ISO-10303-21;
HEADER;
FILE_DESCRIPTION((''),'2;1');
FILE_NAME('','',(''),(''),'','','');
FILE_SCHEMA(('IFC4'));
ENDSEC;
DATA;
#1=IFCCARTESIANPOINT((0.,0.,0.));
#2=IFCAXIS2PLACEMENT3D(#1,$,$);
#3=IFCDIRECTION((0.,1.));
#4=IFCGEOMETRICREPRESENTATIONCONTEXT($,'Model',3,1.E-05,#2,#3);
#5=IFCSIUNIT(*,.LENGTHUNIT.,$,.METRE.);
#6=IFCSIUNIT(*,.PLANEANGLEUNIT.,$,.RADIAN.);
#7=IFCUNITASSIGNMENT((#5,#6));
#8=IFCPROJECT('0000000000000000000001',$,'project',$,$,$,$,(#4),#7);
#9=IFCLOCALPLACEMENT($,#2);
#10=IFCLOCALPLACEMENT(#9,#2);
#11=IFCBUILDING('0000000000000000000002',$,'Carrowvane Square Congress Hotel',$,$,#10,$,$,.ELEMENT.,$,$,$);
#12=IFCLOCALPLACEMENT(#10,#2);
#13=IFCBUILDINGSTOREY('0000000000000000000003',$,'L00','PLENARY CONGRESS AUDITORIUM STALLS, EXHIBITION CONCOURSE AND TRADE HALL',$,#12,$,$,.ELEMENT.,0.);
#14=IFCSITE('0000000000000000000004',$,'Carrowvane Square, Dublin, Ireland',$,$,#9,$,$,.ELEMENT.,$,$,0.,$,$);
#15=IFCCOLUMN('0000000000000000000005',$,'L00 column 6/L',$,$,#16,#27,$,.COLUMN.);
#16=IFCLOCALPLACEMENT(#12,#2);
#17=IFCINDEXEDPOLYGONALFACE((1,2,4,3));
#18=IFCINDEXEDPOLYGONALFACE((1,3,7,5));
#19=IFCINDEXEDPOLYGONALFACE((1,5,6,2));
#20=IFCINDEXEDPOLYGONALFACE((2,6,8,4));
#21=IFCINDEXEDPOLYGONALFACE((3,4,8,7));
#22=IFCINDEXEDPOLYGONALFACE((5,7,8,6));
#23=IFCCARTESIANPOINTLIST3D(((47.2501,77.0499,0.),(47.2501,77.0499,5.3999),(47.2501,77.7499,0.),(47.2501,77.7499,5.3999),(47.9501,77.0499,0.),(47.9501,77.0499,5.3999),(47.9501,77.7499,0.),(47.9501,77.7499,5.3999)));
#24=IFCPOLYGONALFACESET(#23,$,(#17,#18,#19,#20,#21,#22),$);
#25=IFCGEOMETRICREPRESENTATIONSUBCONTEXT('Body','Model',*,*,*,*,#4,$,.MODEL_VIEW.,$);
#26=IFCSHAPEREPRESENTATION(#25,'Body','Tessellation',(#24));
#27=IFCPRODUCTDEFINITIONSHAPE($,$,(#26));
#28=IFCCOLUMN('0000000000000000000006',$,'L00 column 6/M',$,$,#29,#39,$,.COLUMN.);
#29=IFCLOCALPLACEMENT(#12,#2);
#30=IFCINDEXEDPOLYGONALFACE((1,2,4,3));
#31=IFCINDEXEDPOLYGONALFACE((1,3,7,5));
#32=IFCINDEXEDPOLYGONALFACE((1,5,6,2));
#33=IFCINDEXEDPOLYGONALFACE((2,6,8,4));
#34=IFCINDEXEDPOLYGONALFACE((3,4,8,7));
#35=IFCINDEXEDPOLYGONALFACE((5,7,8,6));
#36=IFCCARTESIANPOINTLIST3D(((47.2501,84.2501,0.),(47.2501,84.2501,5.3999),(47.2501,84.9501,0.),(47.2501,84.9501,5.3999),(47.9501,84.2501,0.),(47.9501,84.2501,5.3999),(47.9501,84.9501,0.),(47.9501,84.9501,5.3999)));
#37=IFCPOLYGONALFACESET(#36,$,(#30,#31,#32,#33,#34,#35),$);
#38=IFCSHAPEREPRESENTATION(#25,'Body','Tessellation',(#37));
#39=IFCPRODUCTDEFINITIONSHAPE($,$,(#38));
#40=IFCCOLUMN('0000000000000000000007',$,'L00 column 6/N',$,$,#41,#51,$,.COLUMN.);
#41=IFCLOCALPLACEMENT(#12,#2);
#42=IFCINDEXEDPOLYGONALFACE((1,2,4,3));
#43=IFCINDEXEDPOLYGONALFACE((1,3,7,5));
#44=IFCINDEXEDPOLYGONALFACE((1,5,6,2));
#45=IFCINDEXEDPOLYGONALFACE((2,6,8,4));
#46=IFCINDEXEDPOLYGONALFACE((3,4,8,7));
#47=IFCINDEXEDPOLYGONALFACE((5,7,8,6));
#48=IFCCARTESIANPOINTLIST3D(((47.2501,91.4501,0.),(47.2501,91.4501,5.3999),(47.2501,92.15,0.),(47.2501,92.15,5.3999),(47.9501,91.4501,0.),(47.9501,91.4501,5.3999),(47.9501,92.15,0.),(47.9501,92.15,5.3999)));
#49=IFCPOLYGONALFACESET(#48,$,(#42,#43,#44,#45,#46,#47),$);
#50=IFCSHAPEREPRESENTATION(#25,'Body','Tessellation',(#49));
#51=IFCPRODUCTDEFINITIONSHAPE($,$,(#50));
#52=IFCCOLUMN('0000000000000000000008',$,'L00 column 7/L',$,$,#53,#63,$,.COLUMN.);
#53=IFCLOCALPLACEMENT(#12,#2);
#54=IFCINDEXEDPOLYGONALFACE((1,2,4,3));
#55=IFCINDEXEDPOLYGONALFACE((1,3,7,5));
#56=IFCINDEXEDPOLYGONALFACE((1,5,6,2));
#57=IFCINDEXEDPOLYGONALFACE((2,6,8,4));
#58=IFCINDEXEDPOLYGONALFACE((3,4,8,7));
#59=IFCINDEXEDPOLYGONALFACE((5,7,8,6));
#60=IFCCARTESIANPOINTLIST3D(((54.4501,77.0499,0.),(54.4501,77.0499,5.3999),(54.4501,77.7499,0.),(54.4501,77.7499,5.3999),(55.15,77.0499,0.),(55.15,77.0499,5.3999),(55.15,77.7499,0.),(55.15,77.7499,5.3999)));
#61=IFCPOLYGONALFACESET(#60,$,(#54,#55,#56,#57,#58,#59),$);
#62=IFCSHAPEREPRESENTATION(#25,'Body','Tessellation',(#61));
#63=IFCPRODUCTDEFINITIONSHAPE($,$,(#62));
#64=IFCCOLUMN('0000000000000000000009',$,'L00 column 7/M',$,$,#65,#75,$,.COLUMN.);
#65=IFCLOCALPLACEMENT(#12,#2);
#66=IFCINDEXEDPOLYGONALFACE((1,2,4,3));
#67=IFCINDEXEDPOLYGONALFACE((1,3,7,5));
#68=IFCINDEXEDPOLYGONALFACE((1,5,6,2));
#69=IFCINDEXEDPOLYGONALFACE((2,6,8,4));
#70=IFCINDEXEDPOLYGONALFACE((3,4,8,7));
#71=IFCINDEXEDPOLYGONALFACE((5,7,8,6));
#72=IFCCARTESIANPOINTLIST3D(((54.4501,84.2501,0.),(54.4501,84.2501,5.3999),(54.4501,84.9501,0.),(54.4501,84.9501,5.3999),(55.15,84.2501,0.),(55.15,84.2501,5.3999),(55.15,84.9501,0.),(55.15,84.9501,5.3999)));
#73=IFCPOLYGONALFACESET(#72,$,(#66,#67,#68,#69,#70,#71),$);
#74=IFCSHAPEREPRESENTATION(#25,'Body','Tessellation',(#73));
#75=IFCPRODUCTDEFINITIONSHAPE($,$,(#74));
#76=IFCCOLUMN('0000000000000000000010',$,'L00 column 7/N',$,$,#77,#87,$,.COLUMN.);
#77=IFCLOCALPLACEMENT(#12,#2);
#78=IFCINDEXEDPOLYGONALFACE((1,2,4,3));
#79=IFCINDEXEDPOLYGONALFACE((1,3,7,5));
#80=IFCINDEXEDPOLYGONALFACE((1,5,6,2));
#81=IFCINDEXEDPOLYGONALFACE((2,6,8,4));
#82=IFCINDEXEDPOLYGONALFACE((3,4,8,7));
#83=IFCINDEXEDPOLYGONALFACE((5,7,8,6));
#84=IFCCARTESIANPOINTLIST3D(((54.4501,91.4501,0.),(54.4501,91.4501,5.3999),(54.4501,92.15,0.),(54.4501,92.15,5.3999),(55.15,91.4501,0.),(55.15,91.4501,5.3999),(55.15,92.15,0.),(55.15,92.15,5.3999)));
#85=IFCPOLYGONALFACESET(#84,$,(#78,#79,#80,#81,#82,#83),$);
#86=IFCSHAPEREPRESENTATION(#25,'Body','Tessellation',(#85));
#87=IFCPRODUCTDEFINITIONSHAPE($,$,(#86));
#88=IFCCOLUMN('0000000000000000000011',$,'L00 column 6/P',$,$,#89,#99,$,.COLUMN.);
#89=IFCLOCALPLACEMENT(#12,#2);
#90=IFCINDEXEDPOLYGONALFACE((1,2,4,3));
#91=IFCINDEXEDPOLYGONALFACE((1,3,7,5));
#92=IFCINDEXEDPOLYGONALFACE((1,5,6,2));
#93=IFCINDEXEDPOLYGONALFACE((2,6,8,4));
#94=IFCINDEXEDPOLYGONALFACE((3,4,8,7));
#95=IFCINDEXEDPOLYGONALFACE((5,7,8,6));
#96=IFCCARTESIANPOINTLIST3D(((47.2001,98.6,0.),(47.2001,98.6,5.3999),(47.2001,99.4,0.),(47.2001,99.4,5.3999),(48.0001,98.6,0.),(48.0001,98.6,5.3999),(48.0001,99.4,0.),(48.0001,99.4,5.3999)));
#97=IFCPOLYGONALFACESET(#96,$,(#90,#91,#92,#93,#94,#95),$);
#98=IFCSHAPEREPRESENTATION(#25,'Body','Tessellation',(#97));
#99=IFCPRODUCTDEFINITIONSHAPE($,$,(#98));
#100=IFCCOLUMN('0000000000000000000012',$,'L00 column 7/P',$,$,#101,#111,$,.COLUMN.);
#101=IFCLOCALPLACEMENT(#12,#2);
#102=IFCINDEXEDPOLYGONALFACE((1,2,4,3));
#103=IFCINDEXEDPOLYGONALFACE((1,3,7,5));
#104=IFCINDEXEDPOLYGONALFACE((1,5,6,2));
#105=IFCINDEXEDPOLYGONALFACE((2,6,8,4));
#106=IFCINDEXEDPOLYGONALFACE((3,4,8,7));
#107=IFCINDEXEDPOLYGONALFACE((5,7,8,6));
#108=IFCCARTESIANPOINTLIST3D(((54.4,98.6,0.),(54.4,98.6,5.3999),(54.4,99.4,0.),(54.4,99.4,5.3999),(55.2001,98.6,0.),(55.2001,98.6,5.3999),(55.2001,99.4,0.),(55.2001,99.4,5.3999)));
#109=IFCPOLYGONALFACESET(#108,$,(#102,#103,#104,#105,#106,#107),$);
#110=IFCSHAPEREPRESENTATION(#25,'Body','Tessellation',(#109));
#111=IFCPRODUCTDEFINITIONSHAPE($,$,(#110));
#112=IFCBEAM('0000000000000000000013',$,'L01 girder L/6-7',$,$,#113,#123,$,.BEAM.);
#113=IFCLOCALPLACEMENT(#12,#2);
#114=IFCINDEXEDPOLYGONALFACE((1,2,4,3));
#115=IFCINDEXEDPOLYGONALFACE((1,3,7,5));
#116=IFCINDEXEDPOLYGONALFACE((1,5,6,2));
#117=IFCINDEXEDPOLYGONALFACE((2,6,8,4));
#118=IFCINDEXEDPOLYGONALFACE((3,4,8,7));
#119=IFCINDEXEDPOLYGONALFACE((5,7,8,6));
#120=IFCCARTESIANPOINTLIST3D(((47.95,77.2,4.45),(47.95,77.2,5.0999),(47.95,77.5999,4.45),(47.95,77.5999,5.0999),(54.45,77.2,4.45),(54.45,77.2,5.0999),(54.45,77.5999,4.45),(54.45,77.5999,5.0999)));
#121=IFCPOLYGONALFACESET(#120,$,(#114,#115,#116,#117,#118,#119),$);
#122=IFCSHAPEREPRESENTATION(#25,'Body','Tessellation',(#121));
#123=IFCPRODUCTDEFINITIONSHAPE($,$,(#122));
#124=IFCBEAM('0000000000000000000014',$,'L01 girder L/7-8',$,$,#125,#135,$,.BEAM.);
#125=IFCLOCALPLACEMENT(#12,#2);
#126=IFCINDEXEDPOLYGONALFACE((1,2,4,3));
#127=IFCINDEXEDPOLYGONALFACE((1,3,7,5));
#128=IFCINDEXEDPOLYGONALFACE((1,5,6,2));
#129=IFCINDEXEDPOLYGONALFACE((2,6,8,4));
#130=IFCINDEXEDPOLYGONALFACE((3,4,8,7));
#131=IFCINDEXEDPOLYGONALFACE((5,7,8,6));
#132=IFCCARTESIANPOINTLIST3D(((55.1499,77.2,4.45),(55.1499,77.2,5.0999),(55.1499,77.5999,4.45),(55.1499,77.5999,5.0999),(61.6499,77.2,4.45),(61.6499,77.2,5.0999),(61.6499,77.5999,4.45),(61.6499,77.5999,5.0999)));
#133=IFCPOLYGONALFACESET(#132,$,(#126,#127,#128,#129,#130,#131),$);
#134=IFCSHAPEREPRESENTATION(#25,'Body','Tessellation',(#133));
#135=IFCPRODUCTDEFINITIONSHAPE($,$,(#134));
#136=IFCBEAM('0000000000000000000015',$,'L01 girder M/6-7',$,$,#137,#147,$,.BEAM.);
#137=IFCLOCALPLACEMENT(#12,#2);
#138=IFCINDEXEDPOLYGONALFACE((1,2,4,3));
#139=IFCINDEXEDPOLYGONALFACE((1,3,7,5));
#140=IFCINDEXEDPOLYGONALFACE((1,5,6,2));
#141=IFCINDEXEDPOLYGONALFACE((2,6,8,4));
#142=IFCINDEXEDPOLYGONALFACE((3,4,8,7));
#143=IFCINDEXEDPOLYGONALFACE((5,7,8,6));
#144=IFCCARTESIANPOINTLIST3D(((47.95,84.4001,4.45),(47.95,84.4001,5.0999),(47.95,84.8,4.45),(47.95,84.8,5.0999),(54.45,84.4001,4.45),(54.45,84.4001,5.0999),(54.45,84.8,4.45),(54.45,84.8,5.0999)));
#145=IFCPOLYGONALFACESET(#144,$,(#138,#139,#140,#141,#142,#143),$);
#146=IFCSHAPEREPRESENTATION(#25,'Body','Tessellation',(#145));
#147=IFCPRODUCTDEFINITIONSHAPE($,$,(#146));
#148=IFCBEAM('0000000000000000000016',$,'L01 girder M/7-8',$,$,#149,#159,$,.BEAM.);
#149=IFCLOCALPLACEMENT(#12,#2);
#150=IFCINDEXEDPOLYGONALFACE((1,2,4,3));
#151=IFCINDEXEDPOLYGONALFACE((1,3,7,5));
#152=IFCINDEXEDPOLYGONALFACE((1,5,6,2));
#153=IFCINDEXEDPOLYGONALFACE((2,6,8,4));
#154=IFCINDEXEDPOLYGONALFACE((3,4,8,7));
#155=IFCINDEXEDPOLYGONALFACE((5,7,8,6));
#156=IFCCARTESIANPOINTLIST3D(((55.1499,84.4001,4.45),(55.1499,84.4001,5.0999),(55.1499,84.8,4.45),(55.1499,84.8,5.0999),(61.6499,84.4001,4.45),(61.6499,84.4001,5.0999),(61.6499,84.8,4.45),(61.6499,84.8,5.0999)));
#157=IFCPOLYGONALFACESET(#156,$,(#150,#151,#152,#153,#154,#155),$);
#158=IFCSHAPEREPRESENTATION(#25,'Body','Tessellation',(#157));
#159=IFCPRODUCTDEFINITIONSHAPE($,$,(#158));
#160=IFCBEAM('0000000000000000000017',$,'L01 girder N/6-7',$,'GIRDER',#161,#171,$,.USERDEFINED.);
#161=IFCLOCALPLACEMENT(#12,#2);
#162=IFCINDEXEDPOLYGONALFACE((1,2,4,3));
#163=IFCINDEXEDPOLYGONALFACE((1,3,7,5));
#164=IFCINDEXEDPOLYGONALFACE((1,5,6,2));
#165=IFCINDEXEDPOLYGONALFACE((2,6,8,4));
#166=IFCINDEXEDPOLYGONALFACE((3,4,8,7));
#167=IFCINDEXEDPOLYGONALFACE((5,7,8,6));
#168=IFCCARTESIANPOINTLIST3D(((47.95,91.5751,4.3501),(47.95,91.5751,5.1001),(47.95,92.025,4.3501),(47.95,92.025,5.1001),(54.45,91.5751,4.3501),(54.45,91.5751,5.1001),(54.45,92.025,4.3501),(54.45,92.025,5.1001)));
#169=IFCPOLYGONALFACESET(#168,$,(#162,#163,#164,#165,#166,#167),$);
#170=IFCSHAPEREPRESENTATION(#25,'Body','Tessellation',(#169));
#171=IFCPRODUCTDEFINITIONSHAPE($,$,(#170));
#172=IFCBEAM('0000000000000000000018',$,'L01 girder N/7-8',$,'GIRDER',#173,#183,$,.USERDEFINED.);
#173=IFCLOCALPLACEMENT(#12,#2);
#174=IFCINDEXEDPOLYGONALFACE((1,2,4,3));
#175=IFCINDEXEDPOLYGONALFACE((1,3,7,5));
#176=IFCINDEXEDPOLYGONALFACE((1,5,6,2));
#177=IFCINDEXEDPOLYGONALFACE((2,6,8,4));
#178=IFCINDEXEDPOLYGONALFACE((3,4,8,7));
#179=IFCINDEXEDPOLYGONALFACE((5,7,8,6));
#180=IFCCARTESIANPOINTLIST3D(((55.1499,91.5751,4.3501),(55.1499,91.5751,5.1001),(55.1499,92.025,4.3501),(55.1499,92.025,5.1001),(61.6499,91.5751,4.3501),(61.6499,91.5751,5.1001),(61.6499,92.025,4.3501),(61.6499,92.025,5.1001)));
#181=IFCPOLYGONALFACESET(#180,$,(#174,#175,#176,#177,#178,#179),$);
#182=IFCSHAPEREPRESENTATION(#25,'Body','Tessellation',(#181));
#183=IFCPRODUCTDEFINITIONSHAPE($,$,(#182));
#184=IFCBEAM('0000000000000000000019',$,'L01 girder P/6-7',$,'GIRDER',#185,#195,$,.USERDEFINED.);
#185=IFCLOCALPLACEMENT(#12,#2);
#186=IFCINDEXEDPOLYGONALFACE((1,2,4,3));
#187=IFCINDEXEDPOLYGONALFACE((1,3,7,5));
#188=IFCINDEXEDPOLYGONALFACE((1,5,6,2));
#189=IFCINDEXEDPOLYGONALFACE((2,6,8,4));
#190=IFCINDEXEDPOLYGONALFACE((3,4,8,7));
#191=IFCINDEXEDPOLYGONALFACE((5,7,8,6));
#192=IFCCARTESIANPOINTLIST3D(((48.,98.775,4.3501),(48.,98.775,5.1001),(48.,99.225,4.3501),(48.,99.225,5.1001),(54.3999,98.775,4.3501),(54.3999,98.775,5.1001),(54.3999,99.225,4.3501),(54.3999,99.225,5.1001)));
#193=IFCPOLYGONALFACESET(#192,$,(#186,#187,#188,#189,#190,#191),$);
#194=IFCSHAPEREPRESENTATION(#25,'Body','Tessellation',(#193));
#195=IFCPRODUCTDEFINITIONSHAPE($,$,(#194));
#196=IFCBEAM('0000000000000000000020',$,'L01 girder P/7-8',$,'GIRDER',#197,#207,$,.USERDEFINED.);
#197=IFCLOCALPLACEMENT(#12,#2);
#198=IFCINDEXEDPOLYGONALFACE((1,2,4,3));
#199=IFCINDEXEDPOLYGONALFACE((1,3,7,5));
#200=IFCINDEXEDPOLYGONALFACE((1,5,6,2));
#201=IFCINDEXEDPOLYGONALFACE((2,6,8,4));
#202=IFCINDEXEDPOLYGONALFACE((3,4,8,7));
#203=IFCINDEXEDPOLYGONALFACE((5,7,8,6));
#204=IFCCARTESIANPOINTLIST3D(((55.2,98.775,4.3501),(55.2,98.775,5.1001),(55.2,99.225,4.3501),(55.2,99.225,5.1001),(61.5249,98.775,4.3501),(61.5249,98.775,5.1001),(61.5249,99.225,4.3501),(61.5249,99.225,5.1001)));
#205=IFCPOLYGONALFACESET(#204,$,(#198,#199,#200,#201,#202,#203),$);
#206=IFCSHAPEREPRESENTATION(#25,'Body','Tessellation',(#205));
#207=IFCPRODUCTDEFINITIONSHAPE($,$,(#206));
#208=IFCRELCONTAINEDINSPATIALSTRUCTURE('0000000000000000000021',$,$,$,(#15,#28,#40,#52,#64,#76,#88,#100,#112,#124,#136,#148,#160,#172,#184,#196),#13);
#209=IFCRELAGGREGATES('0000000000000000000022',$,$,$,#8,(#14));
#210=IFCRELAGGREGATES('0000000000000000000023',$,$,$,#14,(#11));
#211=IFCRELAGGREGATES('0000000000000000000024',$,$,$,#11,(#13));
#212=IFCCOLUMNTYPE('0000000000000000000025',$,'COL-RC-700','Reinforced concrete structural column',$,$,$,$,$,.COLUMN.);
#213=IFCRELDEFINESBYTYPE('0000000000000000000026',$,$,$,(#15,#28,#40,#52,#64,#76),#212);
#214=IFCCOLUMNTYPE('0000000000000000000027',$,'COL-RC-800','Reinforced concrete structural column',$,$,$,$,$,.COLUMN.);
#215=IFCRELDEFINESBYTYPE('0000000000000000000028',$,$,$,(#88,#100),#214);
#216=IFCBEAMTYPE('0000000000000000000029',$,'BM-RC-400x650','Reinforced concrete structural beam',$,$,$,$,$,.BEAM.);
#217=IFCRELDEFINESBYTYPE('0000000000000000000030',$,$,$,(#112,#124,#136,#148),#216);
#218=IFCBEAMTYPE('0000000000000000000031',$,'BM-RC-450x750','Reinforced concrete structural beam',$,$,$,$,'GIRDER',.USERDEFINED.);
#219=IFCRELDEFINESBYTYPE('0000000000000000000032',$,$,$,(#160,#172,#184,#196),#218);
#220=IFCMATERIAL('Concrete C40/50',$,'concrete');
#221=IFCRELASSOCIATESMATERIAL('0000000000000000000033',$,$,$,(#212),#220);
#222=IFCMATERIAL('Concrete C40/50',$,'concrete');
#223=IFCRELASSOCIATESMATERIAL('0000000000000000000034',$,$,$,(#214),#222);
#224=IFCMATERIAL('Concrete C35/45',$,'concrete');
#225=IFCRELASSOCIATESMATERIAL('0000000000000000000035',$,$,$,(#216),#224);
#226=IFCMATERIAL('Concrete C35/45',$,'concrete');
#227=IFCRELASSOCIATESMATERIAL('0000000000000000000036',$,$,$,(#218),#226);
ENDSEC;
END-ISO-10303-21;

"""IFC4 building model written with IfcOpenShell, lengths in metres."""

from ifc_helpers import new_model, si_unit, direction, frame, origin, origin_2d, place, context, subcontext, project, spatial, rectangle, extrude, material, material_profile, profile_set, type_object, element, save


model = new_model("IFC4")

# Units and contexts
model_context = context("Model", 3, precision=1e-05, world=origin(), true_north=direction((0.0, 1.0)))
body_context = subcontext(model_context, "Body", "Model", "MODEL_VIEW")
ifc_project = project(units=[si_unit("LENGTHUNIT", "METRE"), si_unit("PLANEANGLEUNIT", "RADIAN")], contexts=[model_context])

# Site, building, storey
site_placement = place(None, origin())
site = spatial("IfcSite", under=ifc_project, at=site_placement, Name="Carrowvane Square, Dublin, Ireland", CompositionType="ELEMENT", RefElevation=0.0)
building_placement = place(site_placement, origin())
building = spatial("IfcBuilding", under=site, at=building_placement, Name="Carrowvane Square Congress Hotel", CompositionType="ELEMENT")
storey_placement = place(building_placement, origin())
storey = spatial("IfcBuildingStorey", under=building, at=storey_placement, Name="L00", Description="PLENARY CONGRESS AUDITORIUM STALLS, EXHIBITION CONCOURSE AND TRADE HALL", CompositionType="ELEMENT", Elevation=0.0)

# Columns
ifc_material_1 = material(Name="Concrete C40/50", Category="concrete")
ifc_material_profile_1 = material_profile(ifc_material_1, rectangle(XDim=0.7, YDim=0.7, at=origin_2d()), Name="RC 700x700")
ifc_profile_set_1 = profile_set([ifc_material_profile_1], Name="Concrete C40/50")
column_type_1 = type_object("IfcColumnType", Name="COL-RC-700", Description="Reinforced concrete structural column", PredefinedType="COLUMN", material=ifc_profile_set_1)
for number, where, z_axis, x_axis, name in (
    (1, (47.6001, 77.3999, 0.0), (0.0, 0.0, 1.0), (1.0, 0.0, 0.0), "L00 column 6/L"),
    (2, (47.6001, 84.6001, 0.0), (0.0, 0.0, 1.0), (1.0, 0.0, 0.0), "L00 column 6/M"),
    (3, (47.6001, 91.8, 0.0), (0.0, 0.0, 1.0), (1.0, 0.0, 0.0), "L00 column 6/N"),
    (4, (54.8, 77.3999, 0.0), (0.0, 0.0, 1.0), (1.0, 0.0, 0.0), "L00 column 7/L"),
    (5, (54.8, 84.6001, 0.0), (0.0, 0.0, 1.0), (1.0, 0.0, 0.0), "L00 column 7/M"),
    (6, (54.8, 91.8, 0.0), (0.0, 0.0, 1.0), (1.0, 0.0, 0.0), "L00 column 7/N"),
):
    element("IfcColumn", number, at=place(storey_placement, frame(where, z_axis=z_axis, x_axis=x_axis)), inside=storey, type_object=column_type_1, Name=name, PredefinedType="COLUMN", context=body_context, shape_type="SweptSolid", body=[
        extrude(rectangle(XDim=0.7, YDim=0.7, at=origin_2d()), origin(), (0.0, 0.0, 1.0), 5.3999),
    ])
ifc_material_2 = material(Name="Concrete C40/50", Category="concrete")
ifc_material_profile_2 = material_profile(ifc_material_2, rectangle(XDim=0.8, YDim=0.8, at=origin_2d()), Name="RC 800x800")
ifc_profile_set_2 = profile_set([ifc_material_profile_2], Name="Concrete C40/50")
column_type_2 = type_object("IfcColumnType", Name="COL-RC-800", Description="Reinforced concrete structural column", PredefinedType="COLUMN", material=ifc_profile_set_2)
for number, where, z_axis, x_axis, name in (
    (7, (47.6001, 99.0, 0.0), (0.0, 0.0, 1.0), (1.0, 0.0, 0.0), "L00 column 6/P"),
    (8, (54.8, 99.0, 0.0), (0.0, 0.0, 1.0), (1.0, 0.0, 0.0), "L00 column 7/P"),
):
    element("IfcColumn", number, at=place(storey_placement, frame(where, z_axis=z_axis, x_axis=x_axis)), inside=storey, type_object=column_type_2, Name=name, PredefinedType="COLUMN", context=body_context, shape_type="SweptSolid", body=[
        extrude(rectangle(XDim=0.8, YDim=0.8, at=origin_2d()), origin(), (0.0, 0.0, 1.0), 5.3999),
    ])

# Beams
ifc_material_3 = material(Name="Concrete C35/45", Category="concrete")
ifc_material_profile_3 = material_profile(ifc_material_3, rectangle(XDim=0.3999, YDim=0.6499, at=origin_2d()), Name="RC 400x650")
ifc_profile_set_3 = profile_set([ifc_material_profile_3], Name="Concrete C35/45")
beam_type_1 = type_object("IfcBeamType", Name="BM-RC-400x650", Description="Reinforced concrete structural beam", PredefinedType="BEAM", material=ifc_profile_set_3)
for number, where, z_axis, x_axis, name in (
    (9, (47.95, 77.3999, 4.7749), (1.0, 0.0, 0.0), (0.0, 1.0, 0.0), "L01 girder L/6-7"),
    (10, (55.1499, 77.3999, 4.7749), (1.0, 0.0, 0.0), (0.0, 1.0, 0.0), "L01 girder L/7-8"),
    (11, (47.95, 84.6001, 4.7749), (1.0, 0.0, 0.0), (0.0, 1.0, 0.0), "L01 girder M/6-7"),
    (12, (55.1499, 84.6001, 4.7749), (1.0, 0.0, 0.0), (0.0, 1.0, 0.0), "L01 girder M/7-8"),
):
    element("IfcBeam", number, at=place(storey_placement, frame(where, z_axis=z_axis, x_axis=x_axis)), inside=storey, type_object=beam_type_1, Name=name, PredefinedType="BEAM", context=body_context, shape_type="SweptSolid", body=[
        extrude(rectangle(XDim=0.3999, YDim=0.6499, at=origin_2d()), origin(), (0.0, 0.0, 1.0), 6.5),
    ])
ifc_material_4 = material(Name="Concrete C35/45", Category="concrete")
ifc_material_profile_4 = material_profile(ifc_material_4, rectangle(XDim=0.45, YDim=0.75, at=origin_2d()), Name="RC 450x750")
ifc_profile_set_4 = profile_set([ifc_material_profile_4], Name="Concrete C35/45")
beam_type_2 = type_object("IfcBeamType", Name="BM-RC-450x750", Description="Reinforced concrete structural beam", ElementType="GIRDER", PredefinedType="USERDEFINED", material=ifc_profile_set_4)
for number, where, z_axis, x_axis, name in (
    (13, (47.95, 91.8, 4.7251), (1.0, 0.0, 0.0), (0.0, 1.0, 0.0), "L01 girder N/6-7"),
    (14, (55.1499, 91.8, 4.7251), (1.0, 0.0, 0.0), (0.0, 1.0, 0.0), "L01 girder N/7-8"),
):
    element("IfcBeam", number, at=place(storey_placement, frame(where, z_axis=z_axis, x_axis=x_axis)), inside=storey, type_object=beam_type_2, Name=name, ObjectType="GIRDER", PredefinedType="USERDEFINED", context=body_context, shape_type="SweptSolid", body=[
        extrude(rectangle(XDim=0.45, YDim=0.75, at=origin_2d()), origin(), (0.0, 0.0, 1.0), 6.5),
    ])
beam_1_placement = place(storey_placement, frame((48.0, 99.0, 4.7251), z_axis=(1.0, 0.0, 0.0), x_axis=(0.0, 1.0, 0.0)))
element("IfcBeam", 15, at=beam_1_placement, inside=storey, type_object=beam_type_2, Name="L01 girder P/6-7", ObjectType="GIRDER", PredefinedType="USERDEFINED", context=body_context, shape_type="SweptSolid", body=[
    extrude(rectangle(XDim=0.45, YDim=0.75, at=origin_2d()), origin(), (0.0, 0.0, 1.0), 6.3999),
])
beam_2_placement = place(storey_placement, frame((55.2, 99.0, 4.7251), z_axis=(1.0, 0.0, 0.0), x_axis=(0.0, 1.0, 0.0)))
element("IfcBeam", 16, at=beam_2_placement, inside=storey, type_object=beam_type_2, Name="L01 girder P/7-8", ObjectType="GIRDER", PredefinedType="USERDEFINED", context=body_context, shape_type="SweptSolid", body=[
    extrude(rectangle(XDim=0.45, YDim=0.75, at=origin_2d()), origin(), (0.0, 0.0, 1.0), 6.325),
])

save(model, "model.ifc")
